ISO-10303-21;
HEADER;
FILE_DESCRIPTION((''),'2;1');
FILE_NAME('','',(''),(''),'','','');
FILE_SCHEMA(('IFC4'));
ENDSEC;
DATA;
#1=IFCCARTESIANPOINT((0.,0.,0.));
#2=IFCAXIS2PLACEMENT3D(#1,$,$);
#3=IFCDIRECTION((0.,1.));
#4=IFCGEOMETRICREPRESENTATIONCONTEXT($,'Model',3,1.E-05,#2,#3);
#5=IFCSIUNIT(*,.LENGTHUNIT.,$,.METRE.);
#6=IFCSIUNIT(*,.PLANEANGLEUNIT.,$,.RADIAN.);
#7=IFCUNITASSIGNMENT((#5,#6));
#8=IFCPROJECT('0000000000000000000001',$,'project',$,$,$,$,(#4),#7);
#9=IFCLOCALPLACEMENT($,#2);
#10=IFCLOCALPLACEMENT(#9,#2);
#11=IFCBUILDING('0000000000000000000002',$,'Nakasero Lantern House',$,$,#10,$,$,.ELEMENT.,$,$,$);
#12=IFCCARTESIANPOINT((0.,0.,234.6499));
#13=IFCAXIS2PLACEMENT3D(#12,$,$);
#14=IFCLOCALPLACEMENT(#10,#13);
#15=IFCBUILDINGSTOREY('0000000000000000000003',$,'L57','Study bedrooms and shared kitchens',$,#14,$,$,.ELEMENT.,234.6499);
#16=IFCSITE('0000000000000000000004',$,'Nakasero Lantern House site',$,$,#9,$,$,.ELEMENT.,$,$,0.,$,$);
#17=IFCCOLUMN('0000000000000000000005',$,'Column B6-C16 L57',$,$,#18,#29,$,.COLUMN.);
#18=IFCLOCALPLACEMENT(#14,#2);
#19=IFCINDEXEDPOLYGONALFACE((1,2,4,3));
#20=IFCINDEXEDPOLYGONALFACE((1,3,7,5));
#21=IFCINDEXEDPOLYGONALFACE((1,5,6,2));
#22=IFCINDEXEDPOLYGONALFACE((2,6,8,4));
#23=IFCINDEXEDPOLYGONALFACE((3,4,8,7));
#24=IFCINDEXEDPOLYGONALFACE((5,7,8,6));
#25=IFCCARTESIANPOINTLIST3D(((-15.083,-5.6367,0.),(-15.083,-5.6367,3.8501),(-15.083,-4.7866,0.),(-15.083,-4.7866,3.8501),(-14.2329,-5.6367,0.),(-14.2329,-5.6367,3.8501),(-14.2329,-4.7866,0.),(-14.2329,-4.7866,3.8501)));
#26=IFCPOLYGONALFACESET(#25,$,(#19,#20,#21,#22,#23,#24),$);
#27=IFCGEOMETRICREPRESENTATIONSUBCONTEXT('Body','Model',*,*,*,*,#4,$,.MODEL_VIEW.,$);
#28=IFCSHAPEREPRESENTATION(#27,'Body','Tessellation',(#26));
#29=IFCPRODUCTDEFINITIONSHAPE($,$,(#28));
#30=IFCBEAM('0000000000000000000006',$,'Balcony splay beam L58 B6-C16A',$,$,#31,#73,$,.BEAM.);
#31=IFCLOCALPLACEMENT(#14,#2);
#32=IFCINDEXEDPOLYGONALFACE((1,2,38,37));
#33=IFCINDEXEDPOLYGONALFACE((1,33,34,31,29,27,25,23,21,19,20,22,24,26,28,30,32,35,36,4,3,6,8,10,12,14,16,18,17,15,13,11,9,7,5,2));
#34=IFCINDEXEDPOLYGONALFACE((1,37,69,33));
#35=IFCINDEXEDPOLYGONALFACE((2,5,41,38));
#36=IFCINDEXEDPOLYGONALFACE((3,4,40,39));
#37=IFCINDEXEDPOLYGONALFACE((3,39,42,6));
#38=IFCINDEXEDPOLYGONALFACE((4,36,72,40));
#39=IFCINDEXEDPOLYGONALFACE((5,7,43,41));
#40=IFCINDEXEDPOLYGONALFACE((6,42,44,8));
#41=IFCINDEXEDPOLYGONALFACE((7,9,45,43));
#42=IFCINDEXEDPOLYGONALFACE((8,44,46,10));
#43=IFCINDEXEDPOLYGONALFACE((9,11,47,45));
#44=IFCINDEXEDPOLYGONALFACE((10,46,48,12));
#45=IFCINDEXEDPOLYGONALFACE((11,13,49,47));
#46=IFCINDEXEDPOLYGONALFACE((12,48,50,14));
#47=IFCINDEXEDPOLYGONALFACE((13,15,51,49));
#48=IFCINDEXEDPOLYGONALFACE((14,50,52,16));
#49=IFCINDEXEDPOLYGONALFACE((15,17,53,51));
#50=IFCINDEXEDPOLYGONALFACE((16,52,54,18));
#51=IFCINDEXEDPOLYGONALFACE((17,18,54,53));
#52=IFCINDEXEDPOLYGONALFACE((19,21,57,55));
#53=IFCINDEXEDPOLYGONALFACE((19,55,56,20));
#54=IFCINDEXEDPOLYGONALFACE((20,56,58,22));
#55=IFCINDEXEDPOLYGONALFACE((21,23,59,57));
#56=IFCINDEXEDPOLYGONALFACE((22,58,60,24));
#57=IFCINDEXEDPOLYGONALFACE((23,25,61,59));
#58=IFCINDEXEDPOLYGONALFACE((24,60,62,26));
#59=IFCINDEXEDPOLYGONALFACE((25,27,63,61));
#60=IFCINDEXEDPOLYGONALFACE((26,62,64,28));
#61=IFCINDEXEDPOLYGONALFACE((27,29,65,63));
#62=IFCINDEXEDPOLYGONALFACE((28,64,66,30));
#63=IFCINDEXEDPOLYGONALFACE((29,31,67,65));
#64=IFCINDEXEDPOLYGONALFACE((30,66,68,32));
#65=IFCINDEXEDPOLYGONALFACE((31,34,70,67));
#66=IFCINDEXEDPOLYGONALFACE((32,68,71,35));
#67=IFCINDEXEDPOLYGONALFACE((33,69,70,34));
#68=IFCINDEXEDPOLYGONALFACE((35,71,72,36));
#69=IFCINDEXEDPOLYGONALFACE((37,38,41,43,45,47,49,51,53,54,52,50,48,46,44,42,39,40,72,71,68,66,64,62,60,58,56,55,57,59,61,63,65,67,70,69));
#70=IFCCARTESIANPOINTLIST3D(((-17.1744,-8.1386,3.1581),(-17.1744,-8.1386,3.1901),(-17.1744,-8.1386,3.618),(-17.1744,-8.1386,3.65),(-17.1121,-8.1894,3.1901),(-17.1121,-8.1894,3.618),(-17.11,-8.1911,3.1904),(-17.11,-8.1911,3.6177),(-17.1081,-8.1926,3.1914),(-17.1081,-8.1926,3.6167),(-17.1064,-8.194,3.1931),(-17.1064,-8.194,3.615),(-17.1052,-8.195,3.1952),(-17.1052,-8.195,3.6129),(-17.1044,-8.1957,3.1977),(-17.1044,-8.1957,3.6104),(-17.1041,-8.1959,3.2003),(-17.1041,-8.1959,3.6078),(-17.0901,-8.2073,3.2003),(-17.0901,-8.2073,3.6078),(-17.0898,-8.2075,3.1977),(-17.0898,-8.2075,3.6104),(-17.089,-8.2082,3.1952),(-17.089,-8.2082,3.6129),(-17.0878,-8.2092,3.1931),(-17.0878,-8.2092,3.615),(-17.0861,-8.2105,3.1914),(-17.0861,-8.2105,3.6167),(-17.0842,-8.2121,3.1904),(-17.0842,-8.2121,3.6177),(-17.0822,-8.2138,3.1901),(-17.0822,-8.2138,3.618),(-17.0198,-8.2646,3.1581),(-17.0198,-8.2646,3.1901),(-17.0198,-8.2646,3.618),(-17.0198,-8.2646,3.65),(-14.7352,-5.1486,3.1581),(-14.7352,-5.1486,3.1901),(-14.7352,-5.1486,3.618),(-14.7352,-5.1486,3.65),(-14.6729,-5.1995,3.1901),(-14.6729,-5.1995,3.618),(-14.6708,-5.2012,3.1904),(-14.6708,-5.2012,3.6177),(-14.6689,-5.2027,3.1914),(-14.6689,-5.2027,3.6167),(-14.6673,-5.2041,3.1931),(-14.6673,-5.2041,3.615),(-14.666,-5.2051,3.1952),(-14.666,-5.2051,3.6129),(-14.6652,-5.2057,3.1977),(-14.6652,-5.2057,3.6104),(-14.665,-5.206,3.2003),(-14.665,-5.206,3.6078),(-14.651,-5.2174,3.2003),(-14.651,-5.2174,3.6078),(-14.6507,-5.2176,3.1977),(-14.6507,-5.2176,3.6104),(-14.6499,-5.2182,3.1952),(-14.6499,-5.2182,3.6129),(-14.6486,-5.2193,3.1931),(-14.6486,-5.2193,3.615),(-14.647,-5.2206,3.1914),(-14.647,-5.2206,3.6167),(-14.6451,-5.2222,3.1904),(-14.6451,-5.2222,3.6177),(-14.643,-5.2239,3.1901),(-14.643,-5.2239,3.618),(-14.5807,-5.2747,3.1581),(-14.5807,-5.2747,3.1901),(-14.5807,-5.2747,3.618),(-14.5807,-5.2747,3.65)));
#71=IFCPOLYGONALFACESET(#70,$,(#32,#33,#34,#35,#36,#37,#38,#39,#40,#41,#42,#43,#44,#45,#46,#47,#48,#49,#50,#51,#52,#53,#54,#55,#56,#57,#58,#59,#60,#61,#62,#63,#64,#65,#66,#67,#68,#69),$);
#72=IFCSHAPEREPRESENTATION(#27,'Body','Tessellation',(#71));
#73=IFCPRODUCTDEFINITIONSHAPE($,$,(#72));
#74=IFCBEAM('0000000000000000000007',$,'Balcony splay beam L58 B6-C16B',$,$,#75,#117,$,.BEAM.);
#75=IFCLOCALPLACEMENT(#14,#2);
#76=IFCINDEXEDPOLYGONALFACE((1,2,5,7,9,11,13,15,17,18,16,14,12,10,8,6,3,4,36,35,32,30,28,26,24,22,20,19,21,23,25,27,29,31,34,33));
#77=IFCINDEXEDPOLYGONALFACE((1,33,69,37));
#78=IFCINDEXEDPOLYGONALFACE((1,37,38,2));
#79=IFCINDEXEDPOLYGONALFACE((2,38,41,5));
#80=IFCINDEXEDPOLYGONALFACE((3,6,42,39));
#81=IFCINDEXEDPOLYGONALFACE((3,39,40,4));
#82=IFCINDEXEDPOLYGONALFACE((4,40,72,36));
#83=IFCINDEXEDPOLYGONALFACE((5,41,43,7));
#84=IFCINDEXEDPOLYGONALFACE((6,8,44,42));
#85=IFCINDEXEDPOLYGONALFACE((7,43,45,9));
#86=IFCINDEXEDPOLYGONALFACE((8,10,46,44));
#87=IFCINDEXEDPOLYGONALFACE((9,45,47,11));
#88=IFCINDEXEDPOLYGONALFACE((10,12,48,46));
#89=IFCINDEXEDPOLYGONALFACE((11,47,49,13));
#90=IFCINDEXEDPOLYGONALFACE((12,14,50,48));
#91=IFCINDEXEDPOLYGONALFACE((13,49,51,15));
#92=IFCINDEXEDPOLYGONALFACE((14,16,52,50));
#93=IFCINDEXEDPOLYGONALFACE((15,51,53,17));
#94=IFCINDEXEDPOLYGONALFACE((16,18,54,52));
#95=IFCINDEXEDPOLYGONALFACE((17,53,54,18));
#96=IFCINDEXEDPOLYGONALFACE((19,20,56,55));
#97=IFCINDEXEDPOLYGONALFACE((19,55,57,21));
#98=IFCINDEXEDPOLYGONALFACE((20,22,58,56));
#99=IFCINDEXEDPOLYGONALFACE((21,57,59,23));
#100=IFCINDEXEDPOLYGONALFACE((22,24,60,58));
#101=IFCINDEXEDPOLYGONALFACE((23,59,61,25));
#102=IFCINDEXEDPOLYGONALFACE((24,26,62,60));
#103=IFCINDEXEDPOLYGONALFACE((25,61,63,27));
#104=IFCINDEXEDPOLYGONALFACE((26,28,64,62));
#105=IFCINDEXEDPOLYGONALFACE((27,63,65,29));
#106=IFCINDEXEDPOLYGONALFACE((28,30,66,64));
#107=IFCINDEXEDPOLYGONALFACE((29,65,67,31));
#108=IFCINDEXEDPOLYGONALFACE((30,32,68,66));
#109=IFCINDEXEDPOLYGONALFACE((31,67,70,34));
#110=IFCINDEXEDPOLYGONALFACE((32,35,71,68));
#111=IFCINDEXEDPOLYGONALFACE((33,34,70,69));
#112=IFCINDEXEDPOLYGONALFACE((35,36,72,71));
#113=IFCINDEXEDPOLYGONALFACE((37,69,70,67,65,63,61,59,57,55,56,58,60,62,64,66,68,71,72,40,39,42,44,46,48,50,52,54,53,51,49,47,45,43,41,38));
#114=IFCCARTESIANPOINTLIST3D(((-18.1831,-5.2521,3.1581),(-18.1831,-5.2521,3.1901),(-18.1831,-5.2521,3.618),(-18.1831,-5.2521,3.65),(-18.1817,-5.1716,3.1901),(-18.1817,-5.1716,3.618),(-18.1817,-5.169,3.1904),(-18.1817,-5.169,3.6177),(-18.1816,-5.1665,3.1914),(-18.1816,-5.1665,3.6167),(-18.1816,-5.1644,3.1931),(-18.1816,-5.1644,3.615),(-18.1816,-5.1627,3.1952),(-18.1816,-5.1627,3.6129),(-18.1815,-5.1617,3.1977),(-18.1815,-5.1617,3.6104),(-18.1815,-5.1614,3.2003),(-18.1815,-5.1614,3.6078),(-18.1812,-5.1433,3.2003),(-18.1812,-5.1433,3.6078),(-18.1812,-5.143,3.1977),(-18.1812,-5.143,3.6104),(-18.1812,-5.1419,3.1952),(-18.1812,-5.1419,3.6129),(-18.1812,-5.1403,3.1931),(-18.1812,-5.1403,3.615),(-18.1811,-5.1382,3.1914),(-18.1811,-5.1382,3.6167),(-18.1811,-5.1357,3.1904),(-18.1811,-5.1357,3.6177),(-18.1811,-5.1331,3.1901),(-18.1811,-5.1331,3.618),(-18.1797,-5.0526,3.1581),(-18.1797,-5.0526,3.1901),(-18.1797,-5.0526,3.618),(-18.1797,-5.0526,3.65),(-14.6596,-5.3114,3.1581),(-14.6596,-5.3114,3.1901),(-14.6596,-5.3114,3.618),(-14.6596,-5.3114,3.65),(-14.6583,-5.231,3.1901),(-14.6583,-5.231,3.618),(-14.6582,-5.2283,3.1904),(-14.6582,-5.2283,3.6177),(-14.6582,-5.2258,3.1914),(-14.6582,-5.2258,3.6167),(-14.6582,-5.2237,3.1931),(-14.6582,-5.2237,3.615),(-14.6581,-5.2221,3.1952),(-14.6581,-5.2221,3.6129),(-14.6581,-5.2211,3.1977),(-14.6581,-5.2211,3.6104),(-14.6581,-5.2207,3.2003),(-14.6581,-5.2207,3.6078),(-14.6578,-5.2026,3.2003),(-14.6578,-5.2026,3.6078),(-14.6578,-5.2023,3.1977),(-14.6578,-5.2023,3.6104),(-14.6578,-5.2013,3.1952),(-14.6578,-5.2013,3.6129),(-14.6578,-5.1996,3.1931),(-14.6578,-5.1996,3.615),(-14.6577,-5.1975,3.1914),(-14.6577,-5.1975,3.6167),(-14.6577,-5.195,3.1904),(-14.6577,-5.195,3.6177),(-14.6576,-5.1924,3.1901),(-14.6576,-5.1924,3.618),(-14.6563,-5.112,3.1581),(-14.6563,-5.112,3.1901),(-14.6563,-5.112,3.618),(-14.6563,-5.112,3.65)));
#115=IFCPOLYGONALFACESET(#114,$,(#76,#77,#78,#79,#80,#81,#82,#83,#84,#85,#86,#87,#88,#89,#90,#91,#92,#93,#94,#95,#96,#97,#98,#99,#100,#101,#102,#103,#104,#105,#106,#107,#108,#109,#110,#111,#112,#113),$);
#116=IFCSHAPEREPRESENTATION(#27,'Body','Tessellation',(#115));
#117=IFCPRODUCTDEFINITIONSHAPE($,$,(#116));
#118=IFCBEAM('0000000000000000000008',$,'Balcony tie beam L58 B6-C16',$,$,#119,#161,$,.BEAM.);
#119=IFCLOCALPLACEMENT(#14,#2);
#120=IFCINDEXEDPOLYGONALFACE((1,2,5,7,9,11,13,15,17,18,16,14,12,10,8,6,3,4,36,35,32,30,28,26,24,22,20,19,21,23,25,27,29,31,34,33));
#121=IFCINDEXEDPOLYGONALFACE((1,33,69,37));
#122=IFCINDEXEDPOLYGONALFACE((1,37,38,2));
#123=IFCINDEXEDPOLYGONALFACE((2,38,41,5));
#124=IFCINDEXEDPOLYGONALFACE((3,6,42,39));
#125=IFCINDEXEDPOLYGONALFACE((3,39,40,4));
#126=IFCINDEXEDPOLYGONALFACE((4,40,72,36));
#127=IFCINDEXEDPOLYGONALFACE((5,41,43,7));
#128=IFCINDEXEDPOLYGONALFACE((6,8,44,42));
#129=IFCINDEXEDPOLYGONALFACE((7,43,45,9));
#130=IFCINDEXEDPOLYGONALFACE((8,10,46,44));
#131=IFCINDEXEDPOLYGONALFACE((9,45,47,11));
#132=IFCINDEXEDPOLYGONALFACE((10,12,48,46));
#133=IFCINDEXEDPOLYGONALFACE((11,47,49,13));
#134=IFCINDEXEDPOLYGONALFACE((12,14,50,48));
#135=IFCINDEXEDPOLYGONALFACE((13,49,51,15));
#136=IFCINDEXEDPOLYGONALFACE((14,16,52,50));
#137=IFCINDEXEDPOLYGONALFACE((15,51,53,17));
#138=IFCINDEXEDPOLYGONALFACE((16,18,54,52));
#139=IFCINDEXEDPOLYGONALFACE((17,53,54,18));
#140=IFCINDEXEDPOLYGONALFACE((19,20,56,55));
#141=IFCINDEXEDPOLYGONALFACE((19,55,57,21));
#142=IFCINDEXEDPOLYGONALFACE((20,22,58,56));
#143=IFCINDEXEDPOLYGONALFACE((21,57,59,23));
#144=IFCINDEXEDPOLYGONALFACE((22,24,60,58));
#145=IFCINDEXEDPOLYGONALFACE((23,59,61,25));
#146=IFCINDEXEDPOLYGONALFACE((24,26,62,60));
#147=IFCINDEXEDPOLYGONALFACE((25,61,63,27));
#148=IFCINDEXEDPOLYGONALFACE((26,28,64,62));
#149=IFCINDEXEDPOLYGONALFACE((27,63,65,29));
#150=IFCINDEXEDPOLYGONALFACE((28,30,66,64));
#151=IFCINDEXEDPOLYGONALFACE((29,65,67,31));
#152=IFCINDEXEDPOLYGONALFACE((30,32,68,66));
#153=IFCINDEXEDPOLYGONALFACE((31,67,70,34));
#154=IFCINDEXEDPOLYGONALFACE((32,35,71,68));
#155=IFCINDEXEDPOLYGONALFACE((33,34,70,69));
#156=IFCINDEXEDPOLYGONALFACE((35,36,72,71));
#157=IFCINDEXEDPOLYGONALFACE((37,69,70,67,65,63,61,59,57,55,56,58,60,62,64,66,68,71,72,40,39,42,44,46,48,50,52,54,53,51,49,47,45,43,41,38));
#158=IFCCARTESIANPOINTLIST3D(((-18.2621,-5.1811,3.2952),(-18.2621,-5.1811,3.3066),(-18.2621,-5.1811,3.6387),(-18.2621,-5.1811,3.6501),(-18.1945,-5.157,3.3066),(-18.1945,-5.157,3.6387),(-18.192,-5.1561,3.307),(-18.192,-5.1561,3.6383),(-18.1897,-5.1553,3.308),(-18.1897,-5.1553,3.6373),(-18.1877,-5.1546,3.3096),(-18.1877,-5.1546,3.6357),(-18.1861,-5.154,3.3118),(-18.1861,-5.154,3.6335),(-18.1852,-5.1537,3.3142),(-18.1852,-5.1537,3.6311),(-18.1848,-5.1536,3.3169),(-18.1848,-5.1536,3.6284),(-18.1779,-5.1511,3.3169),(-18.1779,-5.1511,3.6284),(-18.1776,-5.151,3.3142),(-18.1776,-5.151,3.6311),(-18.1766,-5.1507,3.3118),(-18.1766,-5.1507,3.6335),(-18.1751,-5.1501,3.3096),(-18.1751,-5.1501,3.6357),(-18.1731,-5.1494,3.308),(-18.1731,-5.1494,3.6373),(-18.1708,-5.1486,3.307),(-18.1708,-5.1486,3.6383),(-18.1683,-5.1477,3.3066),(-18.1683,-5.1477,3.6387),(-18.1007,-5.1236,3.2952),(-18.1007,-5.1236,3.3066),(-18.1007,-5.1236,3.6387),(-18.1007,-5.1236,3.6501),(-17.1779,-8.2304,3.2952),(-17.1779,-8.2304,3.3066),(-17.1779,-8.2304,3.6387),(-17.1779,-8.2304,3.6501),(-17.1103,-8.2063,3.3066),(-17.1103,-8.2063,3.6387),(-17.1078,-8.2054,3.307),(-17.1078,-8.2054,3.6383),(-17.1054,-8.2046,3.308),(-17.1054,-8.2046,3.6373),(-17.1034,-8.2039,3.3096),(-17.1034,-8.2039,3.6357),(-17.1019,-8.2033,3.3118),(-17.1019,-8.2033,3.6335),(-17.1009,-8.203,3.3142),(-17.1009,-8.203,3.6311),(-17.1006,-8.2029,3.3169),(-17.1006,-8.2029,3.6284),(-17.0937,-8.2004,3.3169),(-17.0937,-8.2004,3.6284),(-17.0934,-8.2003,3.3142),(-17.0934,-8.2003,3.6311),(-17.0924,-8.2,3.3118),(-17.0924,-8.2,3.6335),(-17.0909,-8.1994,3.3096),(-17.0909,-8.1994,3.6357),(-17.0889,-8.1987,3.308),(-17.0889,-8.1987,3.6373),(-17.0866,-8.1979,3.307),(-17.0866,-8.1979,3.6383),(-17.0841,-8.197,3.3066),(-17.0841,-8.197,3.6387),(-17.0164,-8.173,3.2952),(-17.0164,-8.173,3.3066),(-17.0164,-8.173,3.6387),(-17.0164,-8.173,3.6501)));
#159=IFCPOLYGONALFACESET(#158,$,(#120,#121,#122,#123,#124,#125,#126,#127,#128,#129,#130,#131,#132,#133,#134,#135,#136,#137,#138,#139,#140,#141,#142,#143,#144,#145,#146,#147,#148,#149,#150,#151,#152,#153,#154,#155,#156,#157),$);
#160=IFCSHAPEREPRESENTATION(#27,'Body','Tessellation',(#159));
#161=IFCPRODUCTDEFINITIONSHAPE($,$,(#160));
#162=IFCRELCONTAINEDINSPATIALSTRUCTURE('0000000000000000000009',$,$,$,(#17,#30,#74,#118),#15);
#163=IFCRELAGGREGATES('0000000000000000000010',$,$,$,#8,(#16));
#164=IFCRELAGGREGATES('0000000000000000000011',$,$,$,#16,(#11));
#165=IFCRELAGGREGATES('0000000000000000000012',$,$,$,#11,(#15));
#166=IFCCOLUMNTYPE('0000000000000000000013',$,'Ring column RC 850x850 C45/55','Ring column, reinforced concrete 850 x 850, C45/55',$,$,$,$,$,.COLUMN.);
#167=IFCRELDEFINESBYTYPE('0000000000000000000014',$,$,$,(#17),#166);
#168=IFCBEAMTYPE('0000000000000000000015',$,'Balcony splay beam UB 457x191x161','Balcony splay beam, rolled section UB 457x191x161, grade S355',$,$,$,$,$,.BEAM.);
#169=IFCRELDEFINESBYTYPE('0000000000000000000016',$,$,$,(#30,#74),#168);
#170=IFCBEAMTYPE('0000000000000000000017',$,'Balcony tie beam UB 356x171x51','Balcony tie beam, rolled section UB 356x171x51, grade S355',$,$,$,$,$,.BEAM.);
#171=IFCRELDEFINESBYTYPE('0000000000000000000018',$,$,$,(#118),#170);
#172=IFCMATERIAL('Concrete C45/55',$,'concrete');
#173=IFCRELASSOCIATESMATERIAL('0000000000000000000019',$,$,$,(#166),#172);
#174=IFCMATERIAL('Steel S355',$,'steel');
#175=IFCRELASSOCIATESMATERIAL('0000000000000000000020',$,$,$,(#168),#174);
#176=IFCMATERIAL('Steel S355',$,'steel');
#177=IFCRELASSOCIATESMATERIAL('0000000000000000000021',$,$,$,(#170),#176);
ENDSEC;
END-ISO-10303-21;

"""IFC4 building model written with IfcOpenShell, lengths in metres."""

from ifc_helpers import new_model, si_unit, direction, frame, origin, origin_2d, place, context, subcontext, project, spatial, rectangle, i_section, extrude, material, material_profile, profile_set, type_object, element, save


model = new_model("IFC4")

# Units and contexts
model_context = context("Model", 3, precision=1e-05, world=origin(), true_north=direction((0.0, 1.0)))
body_context = subcontext(model_context, "Body", "Model", "MODEL_VIEW")
ifc_project = project(units=[si_unit("LENGTHUNIT", "METRE"), si_unit("PLANEANGLEUNIT", "RADIAN")], contexts=[model_context])

# Site, building, storey
site_placement = place(None, origin())
site = spatial("IfcSite", under=ifc_project, at=site_placement, Name="Nakasero Lantern House site", CompositionType="ELEMENT", RefElevation=0.0)
building_placement = place(site_placement, origin())
building = spatial("IfcBuilding", under=site, at=building_placement, Name="Nakasero Lantern House", CompositionType="ELEMENT")
storey_placement = place(building_placement, frame((0.0, 0.0, 234.6499)))
storey = spatial("IfcBuildingStorey", under=building, at=storey_placement, Name="L57", Description="Study bedrooms and shared kitchens", CompositionType="ELEMENT", Elevation=234.6499)

# Column
ifc_material_1 = material(Name="Concrete C45/55", Category="concrete")
ifc_material_profile_1 = material_profile(ifc_material_1, rectangle(XDim=0.8501, YDim=0.8501, at=origin_2d()), Name="RC 850x850")
ifc_profile_set_1 = profile_set([ifc_material_profile_1], Name="Concrete C45/55")
column_type = type_object("IfcColumnType", Name="Ring column RC 850x850 C45/55", Description="Ring column, reinforced concrete 850 x 850, C45/55", PredefinedType="COLUMN", material=ifc_profile_set_1)
column_placement = place(storey_placement, frame((-14.658, -5.2117, 0.0), z_axis=(0.0, 0.0, 1.0), x_axis=(1.0, 0.0, 0.0)))
element("IfcColumn", 1, at=column_placement, inside=storey, type_object=column_type, Name="Column B6-C16 L57", PredefinedType="COLUMN", context=body_context, shape_type="SweptSolid", body=[
    extrude(rectangle(XDim=0.8501, YDim=0.8501, at=origin_2d()), origin(), (0.0, 0.0, 1.0), 3.8501),
])

# Beams
ifc_material_2 = material(Name="Steel S355", Category="steel")
ifc_material_profile_2 = material_profile(ifc_material_2, i_section(OverallWidth=0.1995, OverallDepth=0.4919, WebThickness=0.0181, FlangeThickness=0.032, FilletRadius=0.0103, at=origin_2d()), Name="UB 457x191x161")
ifc_profile_set_2 = profile_set([ifc_material_profile_2], Name="Steel S355")
beam_type_1 = type_object("IfcBeamType", Name="Balcony splay beam UB 457x191x161", Description="Balcony splay beam, rolled section UB 457x191x161, grade S355", PredefinedType="BEAM", material=ifc_profile_set_2)
beam_1_placement = place(storey_placement, frame((-14.658, -5.2117, 3.4041), z_axis=(-0.632128, -0.774864, 0.0), x_axis=(0.774864, -0.632128, 0.0)))
element("IfcBeam", 2, at=beam_1_placement, inside=storey, type_object=beam_type_1, Name="Balcony splay beam L58 B6-C16A", PredefinedType="BEAM", context=body_context, shape_type="SweptSolid", body=[
    extrude(i_section(OverallWidth=0.1995, OverallDepth=0.4919, WebThickness=0.0181, FlangeThickness=0.032, FilletRadius=0.0103, at=origin_2d()), origin(), (0.0, 0.0, 1.0), 3.8586),
])
beam_2_placement = place(storey_placement, frame((-14.658, -5.2117, 3.4041), z_axis=(-0.999858, 0.016835, 0.0), x_axis=(-0.016835, -0.999858, 0.0)))
element("IfcBeam", 3, at=beam_2_placement, inside=storey, type_object=beam_type_1, Name="Balcony splay beam L58 B6-C16B", PredefinedType="BEAM", context=body_context, shape_type="SweptSolid", body=[
    extrude(i_section(OverallWidth=0.1995, OverallDepth=0.4919, WebThickness=0.0181, FlangeThickness=0.032, FilletRadius=0.0103, at=origin_2d()), origin(), (0.0, 0.0, 1.0), 3.5239),
])
ifc_material_3 = material(Name="Steel S355", Category="steel")
ifc_material_profile_3 = material_profile(ifc_material_3, i_section(OverallWidth=0.1714, OverallDepth=0.355, WebThickness=0.0073, FlangeThickness=0.0115, FilletRadius=0.0103, at=origin_2d()), Name="UB 356x171x51")
ifc_profile_set_3 = profile_set([ifc_material_profile_3], Name="Steel S355")
beam_type_2 = type_object("IfcBeamType", Name="Balcony tie beam UB 356x171x51", Description="Balcony tie beam, rolled section UB 356x171x51, grade S355", PredefinedType="BEAM", material=ifc_profile_set_3)
beam_3_placement = place(storey_placement, frame((-17.0972, -8.2017, 3.4727), z_axis=(-0.335017, 0.942212, 0.0), x_axis=(-0.942212, -0.335017, 0.0)))
element("IfcBeam", 4, at=beam_3_placement, inside=storey, type_object=beam_type_2, Name="Balcony tie beam L58 B6-C16", PredefinedType="BEAM", context=body_context, shape_type="SweptSolid", body=[
    extrude(i_section(OverallWidth=0.1714, OverallDepth=0.355, WebThickness=0.0073, FlangeThickness=0.0115, FilletRadius=0.0103, at=origin_2d()), origin(), (0.0, 0.0, 1.0), 3.2363),
])

save(model, "model.ifc")
